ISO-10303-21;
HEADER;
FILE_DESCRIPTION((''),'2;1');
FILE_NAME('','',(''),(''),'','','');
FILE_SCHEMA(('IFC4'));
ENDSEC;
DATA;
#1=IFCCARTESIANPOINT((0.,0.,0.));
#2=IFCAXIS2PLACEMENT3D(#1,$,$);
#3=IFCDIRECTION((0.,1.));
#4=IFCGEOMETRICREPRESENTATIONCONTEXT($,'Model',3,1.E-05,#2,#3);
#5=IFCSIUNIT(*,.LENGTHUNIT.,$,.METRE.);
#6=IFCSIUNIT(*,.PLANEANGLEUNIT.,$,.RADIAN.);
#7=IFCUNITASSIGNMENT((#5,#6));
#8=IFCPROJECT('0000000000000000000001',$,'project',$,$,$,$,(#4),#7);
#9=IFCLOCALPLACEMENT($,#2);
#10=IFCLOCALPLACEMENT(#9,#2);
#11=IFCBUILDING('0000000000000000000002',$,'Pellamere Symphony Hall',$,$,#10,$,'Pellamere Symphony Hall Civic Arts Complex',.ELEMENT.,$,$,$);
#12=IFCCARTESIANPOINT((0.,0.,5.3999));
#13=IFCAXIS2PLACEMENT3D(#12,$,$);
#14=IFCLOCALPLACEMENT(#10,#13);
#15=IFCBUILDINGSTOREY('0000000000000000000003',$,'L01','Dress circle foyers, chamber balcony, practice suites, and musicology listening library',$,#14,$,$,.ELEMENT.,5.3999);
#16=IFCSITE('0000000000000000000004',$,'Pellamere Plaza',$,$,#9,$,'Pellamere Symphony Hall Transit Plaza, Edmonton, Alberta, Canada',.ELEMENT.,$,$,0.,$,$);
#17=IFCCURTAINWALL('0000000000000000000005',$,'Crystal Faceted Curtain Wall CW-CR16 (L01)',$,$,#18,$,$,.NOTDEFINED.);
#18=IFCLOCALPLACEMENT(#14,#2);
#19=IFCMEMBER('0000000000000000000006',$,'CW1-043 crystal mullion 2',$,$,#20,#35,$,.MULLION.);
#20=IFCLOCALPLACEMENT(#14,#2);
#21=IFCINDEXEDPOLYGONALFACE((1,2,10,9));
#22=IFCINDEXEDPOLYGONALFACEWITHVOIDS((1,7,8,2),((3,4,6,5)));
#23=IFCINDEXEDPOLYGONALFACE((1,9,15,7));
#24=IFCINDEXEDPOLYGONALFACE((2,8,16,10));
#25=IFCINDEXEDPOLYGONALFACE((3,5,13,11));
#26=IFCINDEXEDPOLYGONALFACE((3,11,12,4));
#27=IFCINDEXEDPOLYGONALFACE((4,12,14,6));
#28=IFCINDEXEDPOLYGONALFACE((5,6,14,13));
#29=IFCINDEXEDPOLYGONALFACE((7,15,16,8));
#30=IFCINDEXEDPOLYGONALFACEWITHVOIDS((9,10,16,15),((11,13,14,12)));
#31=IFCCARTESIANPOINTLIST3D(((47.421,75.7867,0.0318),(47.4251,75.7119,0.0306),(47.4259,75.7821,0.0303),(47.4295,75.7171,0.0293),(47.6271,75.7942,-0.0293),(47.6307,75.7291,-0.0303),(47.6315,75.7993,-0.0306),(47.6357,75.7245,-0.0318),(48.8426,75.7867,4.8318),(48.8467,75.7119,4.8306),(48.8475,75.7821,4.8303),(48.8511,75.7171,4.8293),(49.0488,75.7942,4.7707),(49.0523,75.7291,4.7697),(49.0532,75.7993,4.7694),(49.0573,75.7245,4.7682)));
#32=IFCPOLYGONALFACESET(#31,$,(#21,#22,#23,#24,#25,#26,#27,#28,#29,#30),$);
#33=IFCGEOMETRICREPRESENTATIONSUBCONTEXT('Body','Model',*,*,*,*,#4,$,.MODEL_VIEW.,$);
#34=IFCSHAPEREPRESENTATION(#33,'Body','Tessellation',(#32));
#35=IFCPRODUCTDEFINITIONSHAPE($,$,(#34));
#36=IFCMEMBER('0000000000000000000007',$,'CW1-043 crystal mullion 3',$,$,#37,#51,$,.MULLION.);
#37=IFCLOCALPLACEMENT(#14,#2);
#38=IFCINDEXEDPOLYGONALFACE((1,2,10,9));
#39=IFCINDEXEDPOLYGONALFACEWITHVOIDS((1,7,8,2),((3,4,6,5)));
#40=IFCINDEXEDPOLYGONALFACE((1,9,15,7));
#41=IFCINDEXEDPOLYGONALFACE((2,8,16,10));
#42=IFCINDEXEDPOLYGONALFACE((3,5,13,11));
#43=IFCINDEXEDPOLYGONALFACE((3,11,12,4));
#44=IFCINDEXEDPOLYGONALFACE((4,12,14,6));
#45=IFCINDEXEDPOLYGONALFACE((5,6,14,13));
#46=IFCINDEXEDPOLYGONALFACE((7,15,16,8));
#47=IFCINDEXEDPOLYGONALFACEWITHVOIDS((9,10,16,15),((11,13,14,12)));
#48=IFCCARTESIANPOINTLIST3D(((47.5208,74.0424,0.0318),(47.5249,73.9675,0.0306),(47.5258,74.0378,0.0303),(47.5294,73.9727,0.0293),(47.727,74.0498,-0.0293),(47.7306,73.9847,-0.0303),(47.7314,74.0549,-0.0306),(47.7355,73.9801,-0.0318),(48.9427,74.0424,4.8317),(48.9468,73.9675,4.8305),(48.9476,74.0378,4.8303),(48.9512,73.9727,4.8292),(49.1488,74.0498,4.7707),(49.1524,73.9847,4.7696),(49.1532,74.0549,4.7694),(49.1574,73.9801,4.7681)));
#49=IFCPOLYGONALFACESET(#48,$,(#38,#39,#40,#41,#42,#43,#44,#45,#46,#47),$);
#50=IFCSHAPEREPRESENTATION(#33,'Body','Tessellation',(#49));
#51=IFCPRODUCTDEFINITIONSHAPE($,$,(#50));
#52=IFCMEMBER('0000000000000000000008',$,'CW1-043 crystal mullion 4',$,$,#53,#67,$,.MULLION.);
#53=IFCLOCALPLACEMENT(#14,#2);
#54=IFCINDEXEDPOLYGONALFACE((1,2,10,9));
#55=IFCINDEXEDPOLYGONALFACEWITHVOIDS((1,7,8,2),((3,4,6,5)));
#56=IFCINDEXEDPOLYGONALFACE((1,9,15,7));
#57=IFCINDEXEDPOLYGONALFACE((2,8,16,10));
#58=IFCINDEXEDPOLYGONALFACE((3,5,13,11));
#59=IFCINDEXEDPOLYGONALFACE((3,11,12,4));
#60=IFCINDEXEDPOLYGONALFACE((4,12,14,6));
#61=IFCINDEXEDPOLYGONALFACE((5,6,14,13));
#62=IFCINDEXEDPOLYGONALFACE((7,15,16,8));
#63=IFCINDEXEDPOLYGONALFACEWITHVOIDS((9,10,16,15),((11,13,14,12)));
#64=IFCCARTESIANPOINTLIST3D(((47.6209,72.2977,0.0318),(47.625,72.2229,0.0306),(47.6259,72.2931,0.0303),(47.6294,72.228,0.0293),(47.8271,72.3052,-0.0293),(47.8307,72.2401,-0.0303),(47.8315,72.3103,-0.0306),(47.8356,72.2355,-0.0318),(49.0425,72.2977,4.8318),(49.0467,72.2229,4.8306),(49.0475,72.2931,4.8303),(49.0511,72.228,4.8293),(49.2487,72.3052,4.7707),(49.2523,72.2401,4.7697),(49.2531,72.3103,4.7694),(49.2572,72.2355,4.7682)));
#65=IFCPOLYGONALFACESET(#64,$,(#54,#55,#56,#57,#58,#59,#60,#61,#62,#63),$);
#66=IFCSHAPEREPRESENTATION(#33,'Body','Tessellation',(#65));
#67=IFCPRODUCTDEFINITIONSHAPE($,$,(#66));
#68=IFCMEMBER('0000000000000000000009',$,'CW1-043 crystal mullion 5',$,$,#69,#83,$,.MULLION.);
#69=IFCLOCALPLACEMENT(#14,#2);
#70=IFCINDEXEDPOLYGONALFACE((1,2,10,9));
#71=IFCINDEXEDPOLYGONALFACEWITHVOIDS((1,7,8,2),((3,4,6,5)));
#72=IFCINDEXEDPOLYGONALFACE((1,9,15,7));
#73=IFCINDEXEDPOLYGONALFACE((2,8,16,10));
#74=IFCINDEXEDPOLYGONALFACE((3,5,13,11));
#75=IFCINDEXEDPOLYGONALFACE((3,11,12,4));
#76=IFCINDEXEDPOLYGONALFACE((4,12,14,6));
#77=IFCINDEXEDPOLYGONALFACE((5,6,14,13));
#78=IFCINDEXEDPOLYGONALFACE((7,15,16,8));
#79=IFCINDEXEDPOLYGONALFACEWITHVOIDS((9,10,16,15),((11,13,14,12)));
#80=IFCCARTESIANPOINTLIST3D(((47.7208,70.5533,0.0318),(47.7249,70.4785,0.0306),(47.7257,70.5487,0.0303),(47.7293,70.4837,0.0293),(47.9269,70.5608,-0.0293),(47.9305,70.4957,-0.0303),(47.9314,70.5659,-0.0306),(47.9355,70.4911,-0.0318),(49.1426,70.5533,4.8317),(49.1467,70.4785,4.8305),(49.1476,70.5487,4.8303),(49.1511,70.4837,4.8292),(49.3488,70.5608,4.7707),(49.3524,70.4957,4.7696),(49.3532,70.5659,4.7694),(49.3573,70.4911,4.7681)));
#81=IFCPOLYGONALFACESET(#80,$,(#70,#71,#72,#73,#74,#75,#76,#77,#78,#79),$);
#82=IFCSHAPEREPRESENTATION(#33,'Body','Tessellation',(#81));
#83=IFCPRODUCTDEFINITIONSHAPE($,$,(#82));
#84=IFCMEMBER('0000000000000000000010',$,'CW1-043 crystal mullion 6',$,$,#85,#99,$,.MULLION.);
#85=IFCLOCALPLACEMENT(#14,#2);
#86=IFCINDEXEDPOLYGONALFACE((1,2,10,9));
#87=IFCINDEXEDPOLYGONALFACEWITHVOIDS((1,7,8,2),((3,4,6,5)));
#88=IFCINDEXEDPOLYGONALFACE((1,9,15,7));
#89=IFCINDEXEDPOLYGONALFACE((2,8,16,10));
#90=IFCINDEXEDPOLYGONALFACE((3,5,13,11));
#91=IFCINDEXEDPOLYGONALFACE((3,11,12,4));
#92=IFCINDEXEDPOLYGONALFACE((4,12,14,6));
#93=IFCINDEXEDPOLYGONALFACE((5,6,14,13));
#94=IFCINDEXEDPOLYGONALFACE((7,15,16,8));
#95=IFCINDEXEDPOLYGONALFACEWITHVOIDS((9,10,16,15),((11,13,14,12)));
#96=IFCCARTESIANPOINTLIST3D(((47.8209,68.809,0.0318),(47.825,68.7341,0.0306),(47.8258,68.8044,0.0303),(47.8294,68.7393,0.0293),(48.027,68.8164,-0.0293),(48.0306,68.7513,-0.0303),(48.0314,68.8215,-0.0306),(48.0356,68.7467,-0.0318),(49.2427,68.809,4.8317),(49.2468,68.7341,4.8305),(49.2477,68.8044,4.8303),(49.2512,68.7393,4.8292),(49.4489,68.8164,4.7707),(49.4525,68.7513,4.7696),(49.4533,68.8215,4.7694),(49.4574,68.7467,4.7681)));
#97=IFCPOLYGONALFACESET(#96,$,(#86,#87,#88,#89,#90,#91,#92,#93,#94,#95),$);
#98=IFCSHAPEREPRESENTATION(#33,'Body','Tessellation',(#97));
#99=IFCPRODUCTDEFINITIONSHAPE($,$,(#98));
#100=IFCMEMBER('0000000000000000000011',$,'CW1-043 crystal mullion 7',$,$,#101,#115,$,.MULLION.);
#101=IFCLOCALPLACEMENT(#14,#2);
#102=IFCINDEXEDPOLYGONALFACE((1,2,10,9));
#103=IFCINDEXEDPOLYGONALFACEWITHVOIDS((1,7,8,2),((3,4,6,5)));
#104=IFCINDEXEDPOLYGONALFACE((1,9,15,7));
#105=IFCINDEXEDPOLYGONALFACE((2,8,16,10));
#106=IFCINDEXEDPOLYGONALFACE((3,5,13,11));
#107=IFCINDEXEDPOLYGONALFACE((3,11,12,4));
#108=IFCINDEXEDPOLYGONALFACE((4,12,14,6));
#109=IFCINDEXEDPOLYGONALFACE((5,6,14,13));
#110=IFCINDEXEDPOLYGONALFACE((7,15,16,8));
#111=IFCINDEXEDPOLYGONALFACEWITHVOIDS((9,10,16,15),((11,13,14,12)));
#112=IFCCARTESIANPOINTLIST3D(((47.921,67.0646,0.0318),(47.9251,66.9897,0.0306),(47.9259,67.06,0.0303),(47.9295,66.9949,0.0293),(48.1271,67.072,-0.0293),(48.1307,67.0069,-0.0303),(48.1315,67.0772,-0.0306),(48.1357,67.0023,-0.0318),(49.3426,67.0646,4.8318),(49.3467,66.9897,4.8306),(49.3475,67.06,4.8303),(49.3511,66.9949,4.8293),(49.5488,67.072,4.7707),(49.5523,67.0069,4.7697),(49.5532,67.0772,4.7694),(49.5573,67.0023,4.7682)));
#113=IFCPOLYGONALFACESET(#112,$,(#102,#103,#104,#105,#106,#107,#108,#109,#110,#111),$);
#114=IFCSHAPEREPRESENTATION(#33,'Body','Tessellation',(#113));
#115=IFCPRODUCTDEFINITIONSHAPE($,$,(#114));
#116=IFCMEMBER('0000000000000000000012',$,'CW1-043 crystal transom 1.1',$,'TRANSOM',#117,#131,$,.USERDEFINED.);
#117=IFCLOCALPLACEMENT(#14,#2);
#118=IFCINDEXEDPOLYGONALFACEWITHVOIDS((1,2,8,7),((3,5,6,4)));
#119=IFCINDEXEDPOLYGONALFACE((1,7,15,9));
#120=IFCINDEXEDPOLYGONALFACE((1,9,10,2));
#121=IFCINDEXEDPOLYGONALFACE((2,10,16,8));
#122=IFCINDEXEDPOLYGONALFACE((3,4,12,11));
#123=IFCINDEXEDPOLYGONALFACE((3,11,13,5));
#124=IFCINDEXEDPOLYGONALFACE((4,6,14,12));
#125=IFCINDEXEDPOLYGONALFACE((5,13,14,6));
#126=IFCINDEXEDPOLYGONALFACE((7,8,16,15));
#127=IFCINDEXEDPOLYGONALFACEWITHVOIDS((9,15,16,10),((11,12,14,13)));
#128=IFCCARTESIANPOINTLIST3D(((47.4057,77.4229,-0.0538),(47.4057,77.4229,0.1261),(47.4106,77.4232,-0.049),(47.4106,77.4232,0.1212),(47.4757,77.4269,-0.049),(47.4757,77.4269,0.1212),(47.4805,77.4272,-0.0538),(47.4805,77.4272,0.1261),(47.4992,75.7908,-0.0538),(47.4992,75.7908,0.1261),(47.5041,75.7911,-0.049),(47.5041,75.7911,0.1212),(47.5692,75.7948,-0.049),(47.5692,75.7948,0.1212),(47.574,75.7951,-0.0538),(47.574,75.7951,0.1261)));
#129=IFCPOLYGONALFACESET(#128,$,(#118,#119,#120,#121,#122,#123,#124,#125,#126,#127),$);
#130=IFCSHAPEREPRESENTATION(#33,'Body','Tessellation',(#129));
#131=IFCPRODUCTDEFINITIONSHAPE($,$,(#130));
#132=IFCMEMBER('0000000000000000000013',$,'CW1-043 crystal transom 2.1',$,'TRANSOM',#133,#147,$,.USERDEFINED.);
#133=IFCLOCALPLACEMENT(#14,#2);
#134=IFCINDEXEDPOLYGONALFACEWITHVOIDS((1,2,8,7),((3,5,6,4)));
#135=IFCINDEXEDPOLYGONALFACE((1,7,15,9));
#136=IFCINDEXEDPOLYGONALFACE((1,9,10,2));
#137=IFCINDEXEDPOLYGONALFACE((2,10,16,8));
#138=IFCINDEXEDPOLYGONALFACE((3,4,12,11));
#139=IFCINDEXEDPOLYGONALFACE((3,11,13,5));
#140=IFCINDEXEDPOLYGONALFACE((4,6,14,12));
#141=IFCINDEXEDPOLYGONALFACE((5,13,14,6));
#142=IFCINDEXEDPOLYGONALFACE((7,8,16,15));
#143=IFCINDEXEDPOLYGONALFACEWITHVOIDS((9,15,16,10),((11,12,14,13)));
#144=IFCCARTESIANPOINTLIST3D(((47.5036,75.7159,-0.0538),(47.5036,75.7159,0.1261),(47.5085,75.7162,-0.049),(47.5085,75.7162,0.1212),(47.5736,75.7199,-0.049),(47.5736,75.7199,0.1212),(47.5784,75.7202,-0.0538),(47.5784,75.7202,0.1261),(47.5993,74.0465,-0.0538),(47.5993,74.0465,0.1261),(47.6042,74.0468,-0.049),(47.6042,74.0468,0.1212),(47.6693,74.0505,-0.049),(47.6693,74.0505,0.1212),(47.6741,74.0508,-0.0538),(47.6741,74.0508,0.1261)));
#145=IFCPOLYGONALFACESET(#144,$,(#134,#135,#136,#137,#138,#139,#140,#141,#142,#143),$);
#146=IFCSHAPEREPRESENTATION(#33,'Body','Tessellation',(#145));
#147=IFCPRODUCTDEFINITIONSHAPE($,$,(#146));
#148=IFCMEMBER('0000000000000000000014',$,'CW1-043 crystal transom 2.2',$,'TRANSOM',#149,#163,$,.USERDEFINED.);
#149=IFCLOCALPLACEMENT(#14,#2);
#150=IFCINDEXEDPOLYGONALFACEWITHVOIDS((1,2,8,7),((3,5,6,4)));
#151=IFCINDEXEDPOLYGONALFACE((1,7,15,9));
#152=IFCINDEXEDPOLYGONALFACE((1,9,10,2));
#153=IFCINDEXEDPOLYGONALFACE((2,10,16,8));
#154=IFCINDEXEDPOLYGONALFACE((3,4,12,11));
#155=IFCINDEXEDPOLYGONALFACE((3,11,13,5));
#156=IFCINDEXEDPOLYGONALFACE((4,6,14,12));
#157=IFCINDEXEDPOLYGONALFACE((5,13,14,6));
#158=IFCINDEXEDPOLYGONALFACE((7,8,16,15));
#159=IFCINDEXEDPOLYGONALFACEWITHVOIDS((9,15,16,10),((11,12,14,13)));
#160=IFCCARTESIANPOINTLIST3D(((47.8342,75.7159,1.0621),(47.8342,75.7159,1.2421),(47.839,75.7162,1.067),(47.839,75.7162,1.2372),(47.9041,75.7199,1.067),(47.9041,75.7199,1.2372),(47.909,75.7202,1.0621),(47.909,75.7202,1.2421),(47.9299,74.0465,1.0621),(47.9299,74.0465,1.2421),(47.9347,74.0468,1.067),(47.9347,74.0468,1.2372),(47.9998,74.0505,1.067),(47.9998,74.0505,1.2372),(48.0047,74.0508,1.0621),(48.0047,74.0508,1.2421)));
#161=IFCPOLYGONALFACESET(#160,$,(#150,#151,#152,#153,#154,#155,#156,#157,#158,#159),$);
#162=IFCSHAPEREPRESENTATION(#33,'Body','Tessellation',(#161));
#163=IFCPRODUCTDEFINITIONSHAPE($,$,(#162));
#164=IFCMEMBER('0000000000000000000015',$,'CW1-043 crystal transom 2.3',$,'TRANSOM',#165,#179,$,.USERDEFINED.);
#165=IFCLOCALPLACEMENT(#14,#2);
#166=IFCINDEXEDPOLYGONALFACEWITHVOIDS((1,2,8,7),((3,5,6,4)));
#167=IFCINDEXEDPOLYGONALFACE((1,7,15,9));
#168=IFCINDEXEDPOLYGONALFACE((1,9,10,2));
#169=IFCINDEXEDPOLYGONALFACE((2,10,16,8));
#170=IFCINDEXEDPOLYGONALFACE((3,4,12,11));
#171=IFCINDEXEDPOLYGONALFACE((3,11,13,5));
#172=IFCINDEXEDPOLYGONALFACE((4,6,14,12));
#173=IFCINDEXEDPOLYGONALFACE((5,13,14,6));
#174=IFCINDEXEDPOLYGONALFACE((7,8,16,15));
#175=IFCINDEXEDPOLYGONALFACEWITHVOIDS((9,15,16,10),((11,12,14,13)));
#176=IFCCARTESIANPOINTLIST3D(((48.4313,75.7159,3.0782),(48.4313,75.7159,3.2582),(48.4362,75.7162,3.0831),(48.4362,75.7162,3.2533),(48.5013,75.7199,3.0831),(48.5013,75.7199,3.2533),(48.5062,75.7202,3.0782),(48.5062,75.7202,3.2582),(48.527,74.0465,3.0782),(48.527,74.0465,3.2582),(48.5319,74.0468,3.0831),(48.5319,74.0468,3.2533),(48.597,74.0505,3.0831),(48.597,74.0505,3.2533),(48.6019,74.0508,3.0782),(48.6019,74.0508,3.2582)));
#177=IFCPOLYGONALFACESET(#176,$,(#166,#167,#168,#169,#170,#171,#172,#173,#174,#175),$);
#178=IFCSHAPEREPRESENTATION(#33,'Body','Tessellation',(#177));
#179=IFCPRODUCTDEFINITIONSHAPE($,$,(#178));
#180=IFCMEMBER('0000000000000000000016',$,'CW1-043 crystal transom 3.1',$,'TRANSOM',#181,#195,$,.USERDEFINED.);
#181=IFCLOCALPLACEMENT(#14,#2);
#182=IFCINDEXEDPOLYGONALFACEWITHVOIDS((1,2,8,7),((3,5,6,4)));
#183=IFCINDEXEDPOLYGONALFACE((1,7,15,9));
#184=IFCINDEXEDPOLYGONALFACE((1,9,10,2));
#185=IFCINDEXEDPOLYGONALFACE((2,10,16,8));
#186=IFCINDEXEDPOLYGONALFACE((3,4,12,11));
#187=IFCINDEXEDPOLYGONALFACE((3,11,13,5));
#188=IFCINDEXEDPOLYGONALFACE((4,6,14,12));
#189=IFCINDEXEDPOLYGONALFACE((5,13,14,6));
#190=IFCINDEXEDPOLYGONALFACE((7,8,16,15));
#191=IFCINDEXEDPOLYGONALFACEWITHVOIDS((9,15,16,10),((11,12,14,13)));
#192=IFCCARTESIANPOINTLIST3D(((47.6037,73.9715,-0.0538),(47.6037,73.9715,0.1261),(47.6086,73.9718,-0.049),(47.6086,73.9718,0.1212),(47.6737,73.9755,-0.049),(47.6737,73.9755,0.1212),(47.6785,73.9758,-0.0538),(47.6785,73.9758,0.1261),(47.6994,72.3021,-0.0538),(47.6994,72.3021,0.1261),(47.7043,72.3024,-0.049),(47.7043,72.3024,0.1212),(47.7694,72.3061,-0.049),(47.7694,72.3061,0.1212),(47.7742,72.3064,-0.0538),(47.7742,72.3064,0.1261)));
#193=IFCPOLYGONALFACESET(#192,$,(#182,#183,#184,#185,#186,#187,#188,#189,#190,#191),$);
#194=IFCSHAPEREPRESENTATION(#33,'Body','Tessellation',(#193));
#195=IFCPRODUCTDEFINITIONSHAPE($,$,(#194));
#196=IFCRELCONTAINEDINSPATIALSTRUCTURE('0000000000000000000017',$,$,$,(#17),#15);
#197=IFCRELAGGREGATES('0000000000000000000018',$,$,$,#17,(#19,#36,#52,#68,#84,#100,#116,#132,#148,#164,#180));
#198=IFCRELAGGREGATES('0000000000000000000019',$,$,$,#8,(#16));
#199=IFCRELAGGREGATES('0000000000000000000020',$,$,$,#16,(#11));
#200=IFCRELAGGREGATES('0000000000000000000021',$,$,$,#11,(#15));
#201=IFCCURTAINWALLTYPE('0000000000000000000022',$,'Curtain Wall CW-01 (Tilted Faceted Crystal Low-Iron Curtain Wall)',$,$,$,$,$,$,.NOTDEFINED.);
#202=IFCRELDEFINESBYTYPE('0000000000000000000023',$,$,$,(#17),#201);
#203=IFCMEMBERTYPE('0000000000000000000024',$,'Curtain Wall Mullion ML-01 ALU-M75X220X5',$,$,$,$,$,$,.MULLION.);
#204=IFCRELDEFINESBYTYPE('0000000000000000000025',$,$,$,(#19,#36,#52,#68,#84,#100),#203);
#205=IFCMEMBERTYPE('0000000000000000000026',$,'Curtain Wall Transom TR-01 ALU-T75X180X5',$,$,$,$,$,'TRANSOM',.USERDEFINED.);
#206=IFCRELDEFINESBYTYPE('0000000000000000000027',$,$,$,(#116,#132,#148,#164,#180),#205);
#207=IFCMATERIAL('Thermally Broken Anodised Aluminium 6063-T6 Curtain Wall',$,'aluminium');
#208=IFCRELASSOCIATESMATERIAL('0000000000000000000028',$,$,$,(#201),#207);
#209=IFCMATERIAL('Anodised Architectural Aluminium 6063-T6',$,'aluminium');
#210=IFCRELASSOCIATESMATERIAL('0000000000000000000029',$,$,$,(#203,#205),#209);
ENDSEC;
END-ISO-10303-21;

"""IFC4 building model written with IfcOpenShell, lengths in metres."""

from ifc_helpers import new_model, si_unit, direction, frame, origin, origin_2d, place, context, subcontext, project, spatial, hollow_rectangle, extrude, material, material_profile, profile_set, type_object, element, aggregate, save


model = new_model("IFC4")

# Units and contexts
model_context = context("Model", 3, precision=1e-05, world=origin(), true_north=direction((0.0, 1.0)))
body_context = subcontext(model_context, "Body", "Model", "MODEL_VIEW")
ifc_project = project(units=[si_unit("LENGTHUNIT", "METRE"), si_unit("PLANEANGLEUNIT", "RADIAN")], contexts=[model_context])

# Site, building, storey
site_placement = place(None, origin())
site = spatial("IfcSite", under=ifc_project, at=site_placement, Name="Pellamere Plaza", LongName="Pellamere Symphony Hall Transit Plaza, Edmonton, Alberta, Canada", CompositionType="ELEMENT", RefElevation=0.0)
building_placement = place(site_placement, origin())
building = spatial("IfcBuilding", under=site, at=building_placement, Name="Pellamere Symphony Hall", LongName="Pellamere Symphony Hall Civic Arts Complex", CompositionType="ELEMENT")
storey_placement = place(building_placement, frame((0.0, 0.0, 5.3999)))
storey = spatial("IfcBuildingStorey", under=building, at=storey_placement, Name="L01", Description="Dress circle foyers, chamber balcony, practice suites, and musicology listening library", CompositionType="ELEMENT", Elevation=5.3999)

# Curtain wall, members
ifc_material_1 = material(Name="Thermally Broken Anodised Aluminium 6063-T6 Curtain Wall", Category="aluminium")
curtain_wall_type = type_object("IfcCurtainWallType", Name="Curtain Wall CW-01 (Tilted Faceted Crystal Low-Iron Curtain Wall)", PredefinedType="NOTDEFINED", material=ifc_material_1)
curtain_wall_placement = place(storey_placement, origin())
curtain_wall = element("IfcCurtainWall", 1, at=curtain_wall_placement, inside=storey, type_object=curtain_wall_type, Name="Crystal Faceted Curtain Wall CW-CR16 (L01)", PredefinedType="NOTDEFINED")
ifc_material_2 = material(Name="Anodised Architectural Aluminium 6063-T6", Category="aluminium")
ifc_material_profile_1 = material_profile(ifc_material_2, hollow_rectangle(XDim=0.075, YDim=0.22, WallThickness=0.0049, at=origin_2d()), Name="ALU-M75X220X5")
ifc_profile_set_1 = profile_set([ifc_material_profile_1], Name="Anodised Architectural Aluminium 6063-T6")
member_type_1 = type_object("IfcMemberType", Name="Curtain Wall Mullion ML-01 ALU-M75X220X5", PredefinedType="MULLION", material=ifc_profile_set_1)
member_1_placement = place(storey_placement, frame((47.5283, 75.7556, 0.0), z_axis=(0.283977, 0.0, 0.958831), x_axis=(-0.054875, 0.998361, 0.016252)))
member_1 = element("IfcMember", 2, at=member_1_placement, type_object=member_type_1, Name="CW1-043 crystal mullion 2", PredefinedType="MULLION", context=body_context, shape_type="SweptSolid", body=[
    extrude(hollow_rectangle(XDim=0.075, YDim=0.22, WallThickness=0.0049, at=origin_2d()), origin(), (0.0, 0.0, 1.0), 5.0061),
])
member_2_placement = place(storey_placement, frame((47.6282, 74.0112, 0.0), z_axis=(0.284022, 0.0, 0.958818), x_axis=(-0.054874, 0.998361, 0.016255)))
member_2 = element("IfcMember", 3, at=member_2_placement, type_object=member_type_1, Name="CW1-043 crystal mullion 3", PredefinedType="MULLION", context=body_context, shape_type="SweptSolid", body=[
    extrude(hollow_rectangle(XDim=0.075, YDim=0.22, WallThickness=0.0049, at=origin_2d()), origin(), (0.0, 0.0, 1.0), 5.0061),
])
member_3_placement = place(storey_placement, frame((47.7283, 72.2666, 0.0), z_axis=(0.283977, 0.0, 0.958831), x_axis=(-0.054875, 0.998361, 0.016252)))
member_3 = element("IfcMember", 4, at=member_3_placement, type_object=member_type_1, Name="CW1-043 crystal mullion 4", PredefinedType="MULLION", context=body_context, shape_type="SweptSolid", body=[
    extrude(hollow_rectangle(XDim=0.075, YDim=0.22, WallThickness=0.0049, at=origin_2d()), origin(), (0.0, 0.0, 1.0), 5.0061),
])
member_4_placement = place(storey_placement, frame((47.8281, 70.5222, 0.0), z_axis=(0.284022, 0.0, 0.958818), x_axis=(-0.054874, 0.998361, 0.016255)))
member_4 = element("IfcMember", 5, at=member_4_placement, type_object=member_type_1, Name="CW1-043 crystal mullion 5", PredefinedType="MULLION", context=body_context, shape_type="SweptSolid", body=[
    extrude(hollow_rectangle(XDim=0.075, YDim=0.22, WallThickness=0.0049, at=origin_2d()), origin(), (0.0, 0.0, 1.0), 5.0061),
])
member_5_placement = place(storey_placement, frame((47.9282, 68.7778, 0.0), z_axis=(0.284022, 0.0, 0.958818), x_axis=(-0.054874, 0.998361, 0.016255)))
member_5 = element("IfcMember", 6, at=member_5_placement, type_object=member_type_1, Name="CW1-043 crystal mullion 6", PredefinedType="MULLION", context=body_context, shape_type="SweptSolid", body=[
    extrude(hollow_rectangle(XDim=0.075, YDim=0.22, WallThickness=0.0049, at=origin_2d()), origin(), (0.0, 0.0, 1.0), 5.0061),
])
member_6_placement = place(storey_placement, frame((48.0283, 67.0334, 0.0), z_axis=(0.283977, 0.0, 0.958831), x_axis=(-0.054875, 0.998361, 0.016252)))
member_6 = element("IfcMember", 7, at=member_6_placement, type_object=member_type_1, Name="CW1-043 crystal mullion 7", PredefinedType="MULLION", context=body_context, shape_type="SweptSolid", body=[
    extrude(hollow_rectangle(XDim=0.075, YDim=0.22, WallThickness=0.0049, at=origin_2d()), origin(), (0.0, 0.0, 1.0), 5.0061),
])
ifc_material_profile_2 = material_profile(ifc_material_2, hollow_rectangle(XDim=0.075, YDim=0.1799, WallThickness=0.0049, at=origin_2d()), Name="ALU-T75X180X5")
ifc_profile_set_2 = profile_set([ifc_material_profile_2], Name="Anodised Architectural Aluminium 6063-T6")
member_type_2 = type_object("IfcMemberType", Name="Curtain Wall Transom TR-01 ALU-T75X180X5", ElementType="TRANSOM", PredefinedType="USERDEFINED", material=ifc_profile_set_2)
member_7_placement = place(storey_placement, frame((47.4431, 77.425, 0.0361), z_axis=(0.057199, -0.998363, 0.0), x_axis=(0.998363, 0.057199, 0.0)))
member_7 = element("IfcMember", 8, at=member_7_placement, type_object=member_type_2, Name="CW1-043 crystal transom 1.1", ObjectType="TRANSOM", PredefinedType="USERDEFINED", context=body_context, shape_type="SweptSolid", body=[
    extrude(hollow_rectangle(XDim=0.075, YDim=0.1799, WallThickness=0.0049, at=origin_2d()), origin(), (0.0, 0.0, 1.0), 1.6348),
])
member_8_placement = place(storey_placement, frame((47.541, 75.718, 0.0361), z_axis=(0.057233, -0.998361, 0.0), x_axis=(0.998361, 0.057233, 0.0)))
member_8 = element("IfcMember", 9, at=member_8_placement, type_object=member_type_2, Name="CW1-043 crystal transom 2.1", ObjectType="TRANSOM", PredefinedType="USERDEFINED", context=body_context, shape_type="SweptSolid", body=[
    extrude(hollow_rectangle(XDim=0.075, YDim=0.1799, WallThickness=0.0049, at=origin_2d()), origin(), (0.0, 0.0, 1.0), 1.6721),
])
member_9_placement = place(storey_placement, frame((47.8716, 75.718, 1.1521), z_axis=(0.057233, -0.998361, 0.0), x_axis=(0.998361, 0.057233, 0.0)))
member_9 = element("IfcMember", 10, at=member_9_placement, type_object=member_type_2, Name="CW1-043 crystal transom 2.2", ObjectType="TRANSOM", PredefinedType="USERDEFINED", context=body_context, shape_type="SweptSolid", body=[
    extrude(hollow_rectangle(XDim=0.075, YDim=0.1799, WallThickness=0.0049, at=origin_2d()), origin(), (0.0, 0.0, 1.0), 1.6721),
])
member_10_placement = place(storey_placement, frame((48.4688, 75.718, 3.1682), z_axis=(0.057233, -0.998361, 0.0), x_axis=(0.998361, 0.057233, 0.0)))
member_10 = element("IfcMember", 11, at=member_10_placement, type_object=member_type_2, Name="CW1-043 crystal transom 2.3", ObjectType="TRANSOM", PredefinedType="USERDEFINED", context=body_context, shape_type="SweptSolid", body=[
    extrude(hollow_rectangle(XDim=0.075, YDim=0.1799, WallThickness=0.0049, at=origin_2d()), origin(), (0.0, 0.0, 1.0), 1.6721),
])
member_11_placement = place(storey_placement, frame((47.6411, 73.9736, 0.0361), z_axis=(0.057233, -0.998361, 0.0), x_axis=(0.998361, 0.057233, 0.0)))
member_11 = element("IfcMember", 12, at=member_11_placement, type_object=member_type_2, Name="CW1-043 crystal transom 3.1", ObjectType="TRANSOM", PredefinedType="USERDEFINED", context=body_context, shape_type="SweptSolid", body=[
    extrude(hollow_rectangle(XDim=0.075, YDim=0.1799, WallThickness=0.0049, at=origin_2d()), origin(), (0.0, 0.0, 1.0), 1.6721),
])
aggregate(curtain_wall, [member_1, member_2, member_3, member_4, member_5, member_6, member_7, member_8, member_9, member_10, member_11])

save(model, "model.ifc")
